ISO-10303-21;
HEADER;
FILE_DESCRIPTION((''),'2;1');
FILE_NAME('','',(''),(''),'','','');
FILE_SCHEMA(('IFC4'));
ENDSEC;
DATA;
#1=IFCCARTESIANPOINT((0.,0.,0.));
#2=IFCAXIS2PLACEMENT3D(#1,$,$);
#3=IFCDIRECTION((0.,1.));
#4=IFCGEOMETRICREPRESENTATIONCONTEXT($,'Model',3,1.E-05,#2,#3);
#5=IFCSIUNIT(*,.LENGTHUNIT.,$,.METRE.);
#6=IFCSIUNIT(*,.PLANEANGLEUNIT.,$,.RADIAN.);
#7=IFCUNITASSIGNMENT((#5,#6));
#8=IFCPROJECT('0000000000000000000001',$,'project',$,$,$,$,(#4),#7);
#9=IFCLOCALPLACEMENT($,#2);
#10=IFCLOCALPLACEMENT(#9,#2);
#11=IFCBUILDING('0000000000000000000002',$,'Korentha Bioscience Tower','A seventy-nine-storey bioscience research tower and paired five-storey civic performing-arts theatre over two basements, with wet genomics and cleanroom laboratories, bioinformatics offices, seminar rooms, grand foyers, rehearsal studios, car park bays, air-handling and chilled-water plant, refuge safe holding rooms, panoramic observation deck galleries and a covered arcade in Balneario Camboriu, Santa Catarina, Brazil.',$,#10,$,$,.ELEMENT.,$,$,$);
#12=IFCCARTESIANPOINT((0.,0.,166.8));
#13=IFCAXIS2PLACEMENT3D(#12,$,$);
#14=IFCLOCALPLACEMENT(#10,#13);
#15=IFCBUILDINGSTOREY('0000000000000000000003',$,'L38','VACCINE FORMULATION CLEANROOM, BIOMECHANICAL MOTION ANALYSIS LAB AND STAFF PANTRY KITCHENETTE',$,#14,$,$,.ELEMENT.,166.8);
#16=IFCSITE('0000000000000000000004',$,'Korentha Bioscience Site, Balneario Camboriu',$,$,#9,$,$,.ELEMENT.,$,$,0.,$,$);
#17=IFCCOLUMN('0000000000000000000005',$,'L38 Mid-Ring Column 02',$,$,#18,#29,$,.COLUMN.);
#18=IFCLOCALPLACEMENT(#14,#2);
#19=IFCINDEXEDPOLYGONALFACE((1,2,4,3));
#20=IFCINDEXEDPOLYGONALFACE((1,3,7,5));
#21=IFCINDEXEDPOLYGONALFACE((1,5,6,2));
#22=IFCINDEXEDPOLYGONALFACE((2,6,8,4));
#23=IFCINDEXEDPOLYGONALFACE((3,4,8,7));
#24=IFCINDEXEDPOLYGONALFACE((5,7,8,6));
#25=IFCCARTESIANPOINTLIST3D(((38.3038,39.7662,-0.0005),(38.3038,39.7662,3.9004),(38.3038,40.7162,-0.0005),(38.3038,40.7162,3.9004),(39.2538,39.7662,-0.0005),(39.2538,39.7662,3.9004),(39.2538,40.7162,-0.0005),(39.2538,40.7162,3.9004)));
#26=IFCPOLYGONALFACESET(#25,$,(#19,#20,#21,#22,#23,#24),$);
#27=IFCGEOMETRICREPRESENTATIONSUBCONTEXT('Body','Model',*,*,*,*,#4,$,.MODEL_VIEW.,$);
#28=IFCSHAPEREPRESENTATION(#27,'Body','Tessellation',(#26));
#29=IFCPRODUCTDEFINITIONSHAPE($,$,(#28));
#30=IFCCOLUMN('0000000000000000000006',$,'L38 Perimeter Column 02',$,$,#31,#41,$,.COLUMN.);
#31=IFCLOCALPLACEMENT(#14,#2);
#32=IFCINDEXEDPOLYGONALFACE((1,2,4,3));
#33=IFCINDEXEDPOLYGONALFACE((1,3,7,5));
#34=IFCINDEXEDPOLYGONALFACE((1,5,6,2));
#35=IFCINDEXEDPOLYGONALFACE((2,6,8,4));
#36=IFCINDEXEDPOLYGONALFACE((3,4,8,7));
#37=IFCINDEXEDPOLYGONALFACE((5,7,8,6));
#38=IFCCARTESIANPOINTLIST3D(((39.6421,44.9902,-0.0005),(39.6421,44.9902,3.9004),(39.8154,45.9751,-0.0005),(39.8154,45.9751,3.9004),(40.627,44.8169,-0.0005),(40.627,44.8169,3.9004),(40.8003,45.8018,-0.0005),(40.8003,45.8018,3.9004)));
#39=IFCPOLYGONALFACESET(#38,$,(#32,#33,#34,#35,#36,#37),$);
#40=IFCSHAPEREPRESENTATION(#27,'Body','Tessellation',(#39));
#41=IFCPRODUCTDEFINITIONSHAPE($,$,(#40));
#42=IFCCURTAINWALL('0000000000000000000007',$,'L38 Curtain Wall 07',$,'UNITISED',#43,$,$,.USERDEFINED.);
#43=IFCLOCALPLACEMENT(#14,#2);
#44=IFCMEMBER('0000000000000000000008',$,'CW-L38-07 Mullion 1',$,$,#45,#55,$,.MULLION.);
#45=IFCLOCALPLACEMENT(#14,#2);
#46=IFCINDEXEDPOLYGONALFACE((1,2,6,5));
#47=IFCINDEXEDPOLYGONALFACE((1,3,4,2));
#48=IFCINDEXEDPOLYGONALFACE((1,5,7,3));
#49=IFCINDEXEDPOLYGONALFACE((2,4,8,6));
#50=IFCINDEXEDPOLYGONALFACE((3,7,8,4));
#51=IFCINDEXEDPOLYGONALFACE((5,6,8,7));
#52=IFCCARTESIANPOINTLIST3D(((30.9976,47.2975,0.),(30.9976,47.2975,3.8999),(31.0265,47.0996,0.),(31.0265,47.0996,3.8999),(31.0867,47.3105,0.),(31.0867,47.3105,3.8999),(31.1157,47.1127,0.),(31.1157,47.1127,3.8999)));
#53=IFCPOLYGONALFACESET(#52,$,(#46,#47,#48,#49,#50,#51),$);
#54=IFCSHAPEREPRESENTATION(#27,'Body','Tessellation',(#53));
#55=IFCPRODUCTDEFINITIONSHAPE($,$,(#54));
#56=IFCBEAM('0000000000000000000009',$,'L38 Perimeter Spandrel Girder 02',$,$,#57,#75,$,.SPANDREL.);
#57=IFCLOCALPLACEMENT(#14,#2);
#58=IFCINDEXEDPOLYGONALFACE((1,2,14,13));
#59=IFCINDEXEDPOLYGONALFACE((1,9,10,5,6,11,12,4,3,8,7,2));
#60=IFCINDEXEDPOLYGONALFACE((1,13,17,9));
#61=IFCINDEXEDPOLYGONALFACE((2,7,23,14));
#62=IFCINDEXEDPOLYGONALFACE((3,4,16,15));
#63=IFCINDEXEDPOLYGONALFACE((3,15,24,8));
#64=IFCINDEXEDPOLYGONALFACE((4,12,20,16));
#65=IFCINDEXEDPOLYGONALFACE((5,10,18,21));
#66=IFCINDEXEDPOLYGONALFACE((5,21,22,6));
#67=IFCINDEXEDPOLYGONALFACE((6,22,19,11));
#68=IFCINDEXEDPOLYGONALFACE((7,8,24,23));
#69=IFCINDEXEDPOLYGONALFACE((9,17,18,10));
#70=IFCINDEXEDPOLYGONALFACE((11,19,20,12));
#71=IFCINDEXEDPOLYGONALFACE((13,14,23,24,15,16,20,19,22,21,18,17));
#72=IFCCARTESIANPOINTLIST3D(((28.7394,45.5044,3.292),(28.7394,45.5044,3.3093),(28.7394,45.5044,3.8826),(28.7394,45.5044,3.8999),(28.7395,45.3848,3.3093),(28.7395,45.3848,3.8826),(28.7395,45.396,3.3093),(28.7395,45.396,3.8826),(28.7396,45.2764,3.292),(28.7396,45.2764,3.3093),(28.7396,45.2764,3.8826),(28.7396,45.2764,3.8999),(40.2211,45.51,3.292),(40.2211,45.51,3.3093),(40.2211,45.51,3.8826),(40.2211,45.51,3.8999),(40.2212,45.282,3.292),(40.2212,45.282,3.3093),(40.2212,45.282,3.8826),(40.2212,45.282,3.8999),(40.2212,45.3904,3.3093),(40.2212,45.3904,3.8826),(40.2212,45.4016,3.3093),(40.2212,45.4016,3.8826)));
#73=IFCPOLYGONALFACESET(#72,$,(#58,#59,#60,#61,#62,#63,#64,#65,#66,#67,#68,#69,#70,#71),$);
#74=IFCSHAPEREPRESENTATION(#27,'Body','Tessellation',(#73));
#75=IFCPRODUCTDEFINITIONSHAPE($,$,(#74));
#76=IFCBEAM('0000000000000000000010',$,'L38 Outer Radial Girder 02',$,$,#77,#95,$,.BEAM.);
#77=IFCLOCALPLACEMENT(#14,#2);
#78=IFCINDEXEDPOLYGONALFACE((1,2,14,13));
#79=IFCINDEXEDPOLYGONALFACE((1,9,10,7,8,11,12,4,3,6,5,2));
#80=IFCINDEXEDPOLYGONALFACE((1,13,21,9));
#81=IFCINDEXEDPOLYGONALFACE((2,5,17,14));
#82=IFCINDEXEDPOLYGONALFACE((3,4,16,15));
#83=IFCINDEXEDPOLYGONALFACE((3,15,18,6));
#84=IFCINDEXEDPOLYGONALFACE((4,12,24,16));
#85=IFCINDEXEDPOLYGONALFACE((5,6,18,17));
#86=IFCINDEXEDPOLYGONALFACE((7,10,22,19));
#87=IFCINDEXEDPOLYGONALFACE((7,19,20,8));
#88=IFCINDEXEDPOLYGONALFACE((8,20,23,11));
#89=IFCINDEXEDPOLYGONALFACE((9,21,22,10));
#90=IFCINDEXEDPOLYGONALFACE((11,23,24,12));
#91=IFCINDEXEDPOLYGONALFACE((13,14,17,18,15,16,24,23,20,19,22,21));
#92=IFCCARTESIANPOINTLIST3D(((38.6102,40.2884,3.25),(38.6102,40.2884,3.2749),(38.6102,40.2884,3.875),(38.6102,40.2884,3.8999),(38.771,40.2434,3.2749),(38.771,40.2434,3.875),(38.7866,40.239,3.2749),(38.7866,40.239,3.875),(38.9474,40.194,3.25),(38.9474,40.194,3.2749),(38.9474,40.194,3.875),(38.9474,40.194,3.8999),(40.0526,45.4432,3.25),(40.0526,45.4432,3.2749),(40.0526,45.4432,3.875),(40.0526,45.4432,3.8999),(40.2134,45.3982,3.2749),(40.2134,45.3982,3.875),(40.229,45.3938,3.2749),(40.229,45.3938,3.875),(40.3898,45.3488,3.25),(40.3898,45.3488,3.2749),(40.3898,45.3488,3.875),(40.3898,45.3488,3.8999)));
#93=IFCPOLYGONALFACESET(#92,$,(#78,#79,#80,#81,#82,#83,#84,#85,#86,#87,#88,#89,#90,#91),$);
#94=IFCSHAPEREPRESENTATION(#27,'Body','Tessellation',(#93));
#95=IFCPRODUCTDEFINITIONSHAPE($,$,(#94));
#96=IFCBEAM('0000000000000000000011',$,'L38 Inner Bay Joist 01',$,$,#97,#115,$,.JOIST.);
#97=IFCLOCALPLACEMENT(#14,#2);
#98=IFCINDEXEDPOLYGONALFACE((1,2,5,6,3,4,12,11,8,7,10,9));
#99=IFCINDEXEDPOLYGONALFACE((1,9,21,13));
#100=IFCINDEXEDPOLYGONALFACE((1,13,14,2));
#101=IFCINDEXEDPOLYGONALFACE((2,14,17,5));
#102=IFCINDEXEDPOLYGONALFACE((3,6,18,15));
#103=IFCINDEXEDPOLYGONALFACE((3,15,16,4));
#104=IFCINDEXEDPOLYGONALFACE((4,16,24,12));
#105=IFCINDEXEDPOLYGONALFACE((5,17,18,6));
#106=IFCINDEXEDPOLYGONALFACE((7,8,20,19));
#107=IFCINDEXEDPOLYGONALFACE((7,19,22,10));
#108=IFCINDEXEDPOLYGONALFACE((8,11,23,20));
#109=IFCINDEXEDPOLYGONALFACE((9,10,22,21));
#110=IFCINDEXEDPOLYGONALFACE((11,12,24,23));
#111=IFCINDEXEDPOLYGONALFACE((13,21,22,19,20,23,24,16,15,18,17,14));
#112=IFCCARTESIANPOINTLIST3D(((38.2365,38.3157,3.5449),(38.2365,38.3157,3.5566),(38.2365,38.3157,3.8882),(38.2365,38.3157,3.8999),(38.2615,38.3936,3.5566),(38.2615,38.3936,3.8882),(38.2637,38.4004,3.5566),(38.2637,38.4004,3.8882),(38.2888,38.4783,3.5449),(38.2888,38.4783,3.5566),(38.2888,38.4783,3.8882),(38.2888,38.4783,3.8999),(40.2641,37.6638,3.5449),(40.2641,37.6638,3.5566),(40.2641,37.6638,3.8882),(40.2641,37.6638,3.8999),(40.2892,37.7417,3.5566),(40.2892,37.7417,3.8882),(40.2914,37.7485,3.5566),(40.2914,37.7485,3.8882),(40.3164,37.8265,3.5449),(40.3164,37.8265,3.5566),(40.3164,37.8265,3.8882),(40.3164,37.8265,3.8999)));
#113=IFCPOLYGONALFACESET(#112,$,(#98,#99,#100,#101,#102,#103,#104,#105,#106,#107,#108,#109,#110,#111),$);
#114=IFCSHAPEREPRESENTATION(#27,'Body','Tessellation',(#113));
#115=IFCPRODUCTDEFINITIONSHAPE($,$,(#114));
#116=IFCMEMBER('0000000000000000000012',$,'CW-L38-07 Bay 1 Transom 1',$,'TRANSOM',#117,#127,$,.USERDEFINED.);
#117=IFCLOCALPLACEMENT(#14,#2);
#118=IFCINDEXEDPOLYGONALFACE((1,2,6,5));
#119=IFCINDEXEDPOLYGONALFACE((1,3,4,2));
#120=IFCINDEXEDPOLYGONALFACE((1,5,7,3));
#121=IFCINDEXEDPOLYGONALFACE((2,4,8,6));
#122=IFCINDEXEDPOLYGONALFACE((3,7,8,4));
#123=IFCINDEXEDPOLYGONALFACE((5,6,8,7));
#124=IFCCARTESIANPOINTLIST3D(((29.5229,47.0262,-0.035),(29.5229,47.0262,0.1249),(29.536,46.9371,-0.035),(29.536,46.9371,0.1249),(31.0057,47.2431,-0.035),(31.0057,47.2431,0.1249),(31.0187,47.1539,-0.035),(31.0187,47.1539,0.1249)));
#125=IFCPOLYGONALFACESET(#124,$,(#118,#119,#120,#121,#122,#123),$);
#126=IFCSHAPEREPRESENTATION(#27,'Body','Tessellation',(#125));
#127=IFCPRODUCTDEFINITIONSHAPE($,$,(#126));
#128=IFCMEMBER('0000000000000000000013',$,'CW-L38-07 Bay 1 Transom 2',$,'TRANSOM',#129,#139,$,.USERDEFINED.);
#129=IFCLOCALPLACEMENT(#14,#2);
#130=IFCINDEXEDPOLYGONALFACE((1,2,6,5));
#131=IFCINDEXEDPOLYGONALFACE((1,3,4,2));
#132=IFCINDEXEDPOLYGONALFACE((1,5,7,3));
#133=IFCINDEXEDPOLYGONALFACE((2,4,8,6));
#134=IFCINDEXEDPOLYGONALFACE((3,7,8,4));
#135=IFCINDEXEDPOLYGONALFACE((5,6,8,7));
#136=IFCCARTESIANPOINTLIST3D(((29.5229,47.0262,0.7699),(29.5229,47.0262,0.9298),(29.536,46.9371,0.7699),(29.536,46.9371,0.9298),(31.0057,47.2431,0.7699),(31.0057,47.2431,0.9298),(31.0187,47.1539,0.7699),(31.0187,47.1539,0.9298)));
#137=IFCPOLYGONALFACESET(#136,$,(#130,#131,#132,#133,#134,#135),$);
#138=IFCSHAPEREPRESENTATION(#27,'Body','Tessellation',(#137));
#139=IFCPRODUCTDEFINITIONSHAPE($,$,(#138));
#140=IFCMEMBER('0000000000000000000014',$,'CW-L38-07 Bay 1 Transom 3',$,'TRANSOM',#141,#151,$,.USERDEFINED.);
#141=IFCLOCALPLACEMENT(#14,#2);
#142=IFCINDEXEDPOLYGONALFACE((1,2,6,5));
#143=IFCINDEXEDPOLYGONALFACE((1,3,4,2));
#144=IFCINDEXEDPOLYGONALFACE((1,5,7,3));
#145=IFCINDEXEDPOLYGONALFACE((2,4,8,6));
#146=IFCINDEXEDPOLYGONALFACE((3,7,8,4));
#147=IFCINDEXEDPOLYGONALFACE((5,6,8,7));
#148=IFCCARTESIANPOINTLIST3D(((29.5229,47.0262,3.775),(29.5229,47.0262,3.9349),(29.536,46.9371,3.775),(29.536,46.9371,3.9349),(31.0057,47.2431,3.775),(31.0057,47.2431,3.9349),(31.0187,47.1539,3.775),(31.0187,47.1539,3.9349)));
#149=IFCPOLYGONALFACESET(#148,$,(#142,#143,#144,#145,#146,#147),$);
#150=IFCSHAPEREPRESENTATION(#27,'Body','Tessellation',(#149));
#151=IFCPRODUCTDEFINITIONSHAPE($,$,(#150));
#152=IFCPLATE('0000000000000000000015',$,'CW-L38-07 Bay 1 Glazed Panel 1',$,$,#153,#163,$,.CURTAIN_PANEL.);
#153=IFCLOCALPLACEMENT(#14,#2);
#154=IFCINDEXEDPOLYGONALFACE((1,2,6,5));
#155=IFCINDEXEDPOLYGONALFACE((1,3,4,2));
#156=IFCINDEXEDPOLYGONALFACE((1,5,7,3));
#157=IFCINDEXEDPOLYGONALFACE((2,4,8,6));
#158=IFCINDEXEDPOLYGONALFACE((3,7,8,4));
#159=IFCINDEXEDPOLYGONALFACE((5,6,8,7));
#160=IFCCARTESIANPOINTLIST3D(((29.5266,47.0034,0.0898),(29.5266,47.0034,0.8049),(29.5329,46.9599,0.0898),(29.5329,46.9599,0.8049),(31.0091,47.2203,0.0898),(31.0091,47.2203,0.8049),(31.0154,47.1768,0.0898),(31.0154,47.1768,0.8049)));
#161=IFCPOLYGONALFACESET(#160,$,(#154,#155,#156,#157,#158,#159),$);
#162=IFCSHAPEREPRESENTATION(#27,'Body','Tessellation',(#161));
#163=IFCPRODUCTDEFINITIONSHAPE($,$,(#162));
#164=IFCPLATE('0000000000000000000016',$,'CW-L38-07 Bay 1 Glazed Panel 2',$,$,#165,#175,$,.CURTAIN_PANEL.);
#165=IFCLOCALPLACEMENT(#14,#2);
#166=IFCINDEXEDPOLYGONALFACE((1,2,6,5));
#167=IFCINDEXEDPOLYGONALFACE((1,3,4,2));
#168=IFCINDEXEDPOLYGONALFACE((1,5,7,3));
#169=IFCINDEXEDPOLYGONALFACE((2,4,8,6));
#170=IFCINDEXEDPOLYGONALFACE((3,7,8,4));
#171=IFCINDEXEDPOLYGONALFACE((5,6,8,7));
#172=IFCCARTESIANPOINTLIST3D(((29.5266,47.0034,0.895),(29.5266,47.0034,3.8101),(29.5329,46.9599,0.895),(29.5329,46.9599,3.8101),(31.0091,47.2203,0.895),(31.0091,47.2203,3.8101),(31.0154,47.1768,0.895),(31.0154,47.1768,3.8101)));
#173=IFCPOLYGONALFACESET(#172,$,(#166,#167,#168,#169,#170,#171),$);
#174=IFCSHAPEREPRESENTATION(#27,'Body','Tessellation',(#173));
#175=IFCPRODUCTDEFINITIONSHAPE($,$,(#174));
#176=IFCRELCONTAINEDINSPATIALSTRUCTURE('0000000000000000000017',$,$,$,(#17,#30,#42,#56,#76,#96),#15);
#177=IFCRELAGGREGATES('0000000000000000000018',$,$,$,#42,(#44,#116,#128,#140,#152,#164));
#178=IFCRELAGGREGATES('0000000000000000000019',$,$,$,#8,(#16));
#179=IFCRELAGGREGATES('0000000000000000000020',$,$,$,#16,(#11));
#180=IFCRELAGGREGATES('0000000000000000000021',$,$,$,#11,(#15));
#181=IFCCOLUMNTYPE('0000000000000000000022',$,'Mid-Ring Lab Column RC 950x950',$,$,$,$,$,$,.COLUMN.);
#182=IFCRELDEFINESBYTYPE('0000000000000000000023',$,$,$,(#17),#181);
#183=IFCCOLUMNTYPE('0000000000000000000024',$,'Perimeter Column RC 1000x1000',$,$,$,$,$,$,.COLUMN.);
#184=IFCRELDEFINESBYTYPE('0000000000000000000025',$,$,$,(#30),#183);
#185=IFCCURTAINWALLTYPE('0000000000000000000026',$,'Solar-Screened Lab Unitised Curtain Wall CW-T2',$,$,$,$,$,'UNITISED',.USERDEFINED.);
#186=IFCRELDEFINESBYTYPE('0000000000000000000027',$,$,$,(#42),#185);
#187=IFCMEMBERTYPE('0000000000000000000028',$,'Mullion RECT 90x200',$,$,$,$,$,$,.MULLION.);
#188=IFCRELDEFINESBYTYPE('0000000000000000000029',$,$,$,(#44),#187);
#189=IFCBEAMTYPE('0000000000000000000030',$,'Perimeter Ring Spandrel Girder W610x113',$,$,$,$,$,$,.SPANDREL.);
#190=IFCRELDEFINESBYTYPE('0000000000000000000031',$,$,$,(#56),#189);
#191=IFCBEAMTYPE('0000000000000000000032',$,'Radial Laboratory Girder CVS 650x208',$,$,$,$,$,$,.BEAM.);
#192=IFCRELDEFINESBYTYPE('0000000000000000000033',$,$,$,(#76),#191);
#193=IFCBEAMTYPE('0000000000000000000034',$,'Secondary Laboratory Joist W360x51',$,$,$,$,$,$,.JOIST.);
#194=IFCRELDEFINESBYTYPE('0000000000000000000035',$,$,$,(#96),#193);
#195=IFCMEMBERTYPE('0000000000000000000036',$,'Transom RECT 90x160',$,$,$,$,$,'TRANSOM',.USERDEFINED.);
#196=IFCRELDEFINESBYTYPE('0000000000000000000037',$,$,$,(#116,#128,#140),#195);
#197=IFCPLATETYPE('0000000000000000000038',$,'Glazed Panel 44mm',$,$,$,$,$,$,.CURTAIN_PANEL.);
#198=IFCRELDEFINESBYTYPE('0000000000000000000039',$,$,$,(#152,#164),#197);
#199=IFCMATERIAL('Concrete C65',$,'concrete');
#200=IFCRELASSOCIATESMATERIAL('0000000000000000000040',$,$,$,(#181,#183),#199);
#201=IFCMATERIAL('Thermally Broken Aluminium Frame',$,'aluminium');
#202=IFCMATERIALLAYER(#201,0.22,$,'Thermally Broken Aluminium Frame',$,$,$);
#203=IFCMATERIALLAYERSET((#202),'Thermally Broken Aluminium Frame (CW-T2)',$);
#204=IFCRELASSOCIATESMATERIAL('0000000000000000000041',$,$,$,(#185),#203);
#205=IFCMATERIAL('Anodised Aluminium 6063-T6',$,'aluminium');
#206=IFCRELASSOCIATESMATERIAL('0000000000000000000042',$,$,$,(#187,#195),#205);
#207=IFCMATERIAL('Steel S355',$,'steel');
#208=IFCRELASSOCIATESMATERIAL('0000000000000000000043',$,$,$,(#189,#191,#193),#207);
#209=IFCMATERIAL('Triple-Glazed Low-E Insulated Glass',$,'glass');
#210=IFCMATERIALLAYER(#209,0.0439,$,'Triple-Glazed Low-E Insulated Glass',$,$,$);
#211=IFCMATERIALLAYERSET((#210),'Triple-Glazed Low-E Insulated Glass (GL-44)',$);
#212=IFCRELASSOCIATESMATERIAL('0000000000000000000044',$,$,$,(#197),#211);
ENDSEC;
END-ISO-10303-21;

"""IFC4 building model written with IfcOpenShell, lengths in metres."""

from ifc_helpers import new_model, si_unit, direction, frame, origin, origin_2d, place, context, subcontext, project, spatial, rectangle, i_section, extrude, material, layer, layer_set, material_profile, profile_set, type_object, element, aggregate, save


model = new_model("IFC4")

# Units and contexts
model_context = context("Model", 3, precision=1e-05, world=origin(), true_north=direction((0.0, 1.0)))
body_context = subcontext(model_context, "Body", "Model", "MODEL_VIEW")
ifc_project = project(units=[si_unit("LENGTHUNIT", "METRE"), si_unit("PLANEANGLEUNIT", "RADIAN")], contexts=[model_context])

# Site, building, storey
site_placement = place(None, origin())
site = spatial("IfcSite", under=ifc_project, at=site_placement, Name="Korentha Bioscience Site, Balneario Camboriu", CompositionType="ELEMENT", RefElevation=0.0)
building_placement = place(site_placement, origin())
building = spatial("IfcBuilding", under=site, at=building_placement, Name="Korentha Bioscience Tower", Description="A seventy-nine-storey bioscience research tower and paired five-storey civic performing-arts theatre over two basements, with wet genomics and cleanroom laboratories, bioinformatics offices, seminar rooms, grand foyers, rehearsal studios, car park bays, air-handling and chilled-water plant, refuge safe holding rooms, panoramic observation deck galleries and a covered arcade in Balneario Camboriu, Santa Catarina, Brazil.", CompositionType="ELEMENT")
storey_placement = place(building_placement, frame((0.0, 0.0, 166.8)))
storey = spatial("IfcBuildingStorey", under=building, at=storey_placement, Name="L38", Description="VACCINE FORMULATION CLEANROOM, BIOMECHANICAL MOTION ANALYSIS LAB AND STAFF PANTRY KITCHENETTE", CompositionType="ELEMENT", Elevation=166.8)

# Columns
ifc_material_1 = material(Name="Concrete C65", Category="concrete")
ifc_material_profile_1 = material_profile(ifc_material_1, rectangle(XDim=0.95, YDim=0.95, at=origin_2d()), Name="Concrete C65")
ifc_profile_set_1 = profile_set([ifc_material_profile_1], Name="Concrete C65 (COL-MR09)")
column_type_1 = type_object("IfcColumnType", Name="Mid-Ring Lab Column RC 950x950", PredefinedType="COLUMN", material=ifc_profile_set_1)
column_1_placement = place(storey_placement, frame((38.7788, 40.2412, -0.0005), z_axis=(0.0, 0.0, 1.0), x_axis=(1.0, 0.0, 0.0)))
element("IfcColumn", 1, at=column_1_placement, inside=storey, type_object=column_type_1, Name="L38 Mid-Ring Column 02", PredefinedType="COLUMN", context=body_context, shape_type="SweptSolid", body=[
    extrude(rectangle(XDim=0.95, YDim=0.95, at=origin_2d()), origin(), (0.0, 0.0, 1.0), 3.9009),
])
ifc_material_profile_2 = material_profile(ifc_material_1, rectangle(XDim=1.0, YDim=1.0, at=origin_2d()), Name="Concrete C65")
ifc_profile_set_2 = profile_set([ifc_material_profile_2], Name="Concrete C65 (COL-P10)")
column_type_2 = type_object("IfcColumnType", Name="Perimeter Column RC 1000x1000", PredefinedType="COLUMN", material=ifc_profile_set_2)
column_2_placement = place(storey_placement, frame((40.2212, 45.396, -0.0005), z_axis=(0.0, 0.0, 1.0), x_axis=(-0.984868, 0.173304, 0.0)))
element("IfcColumn", 2, at=column_2_placement, inside=storey, type_object=column_type_2, Name="L38 Perimeter Column 02", PredefinedType="COLUMN", context=body_context, shape_type="SweptSolid", body=[
    extrude(rectangle(XDim=1.0, YDim=1.0, at=origin_2d()), origin(), (0.0, 0.0, 1.0), 3.9009),
])

# Curtain wall, member
ifc_material_2 = material(Name="Thermally Broken Aluminium Frame", Category="aluminium")
ifc_layer_1 = layer(ifc_material_2, 0.22, Name="Thermally Broken Aluminium Frame")
ifc_layer_set_1 = layer_set([ifc_layer_1], Name="Thermally Broken Aluminium Frame (CW-T2)")
curtain_wall_type = type_object("IfcCurtainWallType", Name="Solar-Screened Lab Unitised Curtain Wall CW-T2", ElementType="UNITISED", PredefinedType="USERDEFINED", material=ifc_layer_set_1)
curtain_wall_placement = place(storey_placement, origin())
curtain_wall = element("IfcCurtainWall", 3, at=curtain_wall_placement, inside=storey, type_object=curtain_wall_type, Name="L38 Curtain Wall 07", ObjectType="UNITISED", PredefinedType="USERDEFINED")
ifc_material_3 = material(Name="Anodised Aluminium 6063-T6", Category="aluminium")
ifc_material_profile_3 = material_profile(ifc_material_3, rectangle(XDim=0.0901, YDim=0.2, at=origin_2d()), Name="Anodised Aluminium 6063-T6")
ifc_profile_set_3 = profile_set([ifc_material_profile_3], Name="Anodised Aluminium 6063-T6 (CW-MUL)")
member_type_1 = type_object("IfcMemberType", Name="Mullion RECT 90x200", PredefinedType="MULLION", material=ifc_profile_set_3)
member_1_placement = place(storey_placement, frame((31.0566, 47.2051, 0.0), z_axis=(0.0, 0.0, 1.0), x_axis=(-0.989462, -0.144793, 0.0)))
member_1 = element("IfcMember", 4, at=member_1_placement, type_object=member_type_1, Name="CW-L38-07 Mullion 1", PredefinedType="MULLION", context=body_context, shape_type="SweptSolid", body=[
    extrude(rectangle(XDim=0.0901, YDim=0.2, at=origin_2d()), origin(), (0.0, 0.0, 1.0), 3.8999),
])

# Beams
ifc_material_4 = material(Name="Steel S355", Category="steel")
ifc_material_profile_4 = material_profile(ifc_material_4, i_section(OverallWidth=0.228, OverallDepth=0.6079, WebThickness=0.0112, FlangeThickness=0.0173, at=origin_2d()), Name="Steel S355")
ifc_profile_set_4 = profile_set([ifc_material_profile_4], Name="Steel S355 (SB-610)")
beam_type_1 = type_object("IfcBeamType", Name="Perimeter Ring Spandrel Girder W610x113", PredefinedType="SPANDREL", material=ifc_profile_set_4)
beam_1_placement = place(storey_placement, frame((40.2212, 45.396, 3.5959), z_axis=(-1.0, -0.000489, 0.0), x_axis=(0.000489, -1.0, 0.0)))
element("IfcBeam", 5, at=beam_1_placement, inside=storey, type_object=beam_type_1, Name="L38 Perimeter Spandrel Girder 02", PredefinedType="SPANDREL", context=body_context, shape_type="SweptSolid", body=[
    extrude(i_section(OverallWidth=0.228, OverallDepth=0.6079, WebThickness=0.0112, FlangeThickness=0.0173, at=origin_2d()), origin(), (0.0, 0.0, 1.0), 11.4817),
])
ifc_material_profile_5 = material_profile(ifc_material_4, i_section(OverallWidth=0.3501, OverallDepth=0.6499, WebThickness=0.0161, FlangeThickness=0.0249, at=origin_2d()), Name="Steel S355")
ifc_profile_set_5 = profile_set([ifc_material_profile_5], Name="Steel S355 (RB-650)")
beam_type_2 = type_object("IfcBeamType", Name="Radial Laboratory Girder CVS 650x208", PredefinedType="BEAM", material=ifc_profile_set_5)
beam_2_placement = place(storey_placement, frame((38.7788, 40.2412, 3.575), z_axis=(0.269464, 0.96301, 0.0), x_axis=(-0.96301, 0.269464, 0.0)))
element("IfcBeam", 6, at=beam_2_placement, inside=storey, type_object=beam_type_2, Name="L38 Outer Radial Girder 02", PredefinedType="BEAM", context=body_context, shape_type="SweptSolid", body=[
    extrude(i_section(OverallWidth=0.3501, OverallDepth=0.6499, WebThickness=0.0161, FlangeThickness=0.0249, at=origin_2d()), origin(), (0.0, 0.0, 1.0), 5.3528),
])
ifc_material_profile_6 = material_profile(ifc_material_4, i_section(OverallWidth=0.1709, OverallDepth=0.355, WebThickness=0.0071, FlangeThickness=0.0117, at=origin_2d()), Name="Steel S355")
ifc_profile_set_6 = profile_set([ifc_material_profile_6], Name="Steel S355 (JB-360)")
beam_type_3 = type_object("IfcBeamType", Name="Secondary Laboratory Joist W360x51", PredefinedType="JOIST", material=ifc_profile_set_6)
beam_3_placement = place(storey_placement, frame((40.2903, 37.7451, 3.7224), z_axis=(-0.952011, 0.306065, 0.0), x_axis=(-0.306065, -0.952011, 0.0)))
element("IfcBeam", 7, at=beam_3_placement, inside=storey, type_object=beam_type_3, Name="L38 Inner Bay Joist 01", PredefinedType="JOIST", context=body_context, shape_type="SweptSolid", body=[
    extrude(i_section(OverallWidth=0.1709, OverallDepth=0.355, WebThickness=0.0071, FlangeThickness=0.0117, at=origin_2d()), origin(), (0.0, 0.0, 1.0), 2.1299),
])

# Members
ifc_material_profile_7 = material_profile(ifc_material_3, rectangle(XDim=0.0901, YDim=0.1599, at=origin_2d()), Name="Anodised Aluminium 6063-T6")
ifc_profile_set_7 = profile_set([ifc_material_profile_7], Name="Anodised Aluminium 6063-T6 (CW-TRN)")
member_type_2 = type_object("IfcMemberType", Name="Transom RECT 90x160", ElementType="TRANSOM", PredefinedType="USERDEFINED", material=ifc_profile_set_7)
member_2_placement = place(storey_placement, frame((31.0122, 47.1985, 0.0449), z_axis=(-0.989478, -0.144682, 0.0), x_axis=(0.144682, -0.989478, 0.0)))
member_2 = element("IfcMember", 8, at=member_2_placement, type_object=member_type_2, Name="CW-L38-07 Bay 1 Transom 1", ObjectType="TRANSOM", PredefinedType="USERDEFINED", context=body_context, shape_type="SweptSolid", body=[
    extrude(rectangle(XDim=0.0901, YDim=0.1599, at=origin_2d()), origin(), (0.0, 0.0, 1.0), 1.4985),
])
member_3_placement = place(storey_placement, frame((31.0122, 47.1985, 0.8499), z_axis=(-0.989478, -0.144682, 0.0), x_axis=(0.144682, -0.989478, 0.0)))
member_3 = element("IfcMember", 9, at=member_3_placement, type_object=member_type_2, Name="CW-L38-07 Bay 1 Transom 2", ObjectType="TRANSOM", PredefinedType="USERDEFINED", context=body_context, shape_type="SweptSolid", body=[
    extrude(rectangle(XDim=0.0901, YDim=0.1599, at=origin_2d()), origin(), (0.0, 0.0, 1.0), 1.4985),
])
member_4_placement = place(storey_placement, frame((31.0122, 47.1985, 3.855), z_axis=(-0.989478, -0.144682, 0.0), x_axis=(0.144682, -0.989478, 0.0)))
member_4 = element("IfcMember", 10, at=member_4_placement, type_object=member_type_2, Name="CW-L38-07 Bay 1 Transom 3", ObjectType="TRANSOM", PredefinedType="USERDEFINED", context=body_context, shape_type="SweptSolid", body=[
    extrude(rectangle(XDim=0.0901, YDim=0.1599, at=origin_2d()), origin(), (0.0, 0.0, 1.0), 1.4985),
])

# Plates
ifc_material_5 = material(Name="Triple-Glazed Low-E Insulated Glass", Category="glass")
ifc_layer_2 = layer(ifc_material_5, 0.0439, Name="Triple-Glazed Low-E Insulated Glass")
ifc_layer_set_2 = layer_set([ifc_layer_2], Name="Triple-Glazed Low-E Insulated Glass (GL-44)")
plate_type = type_object("IfcPlateType", Name="Glazed Panel 44mm", PredefinedType="CURTAIN_PANEL", material=ifc_layer_set_2)
plate_1_placement = place(storey_placement, frame((30.271, 47.0901, 0.0898), z_axis=(0.0, 0.0, 1.0), x_axis=(-0.989462, -0.144793, 0.0)))
plate_1 = element("IfcPlate", 11, at=plate_1_placement, type_object=plate_type, Name="CW-L38-07 Bay 1 Glazed Panel 1", PredefinedType="CURTAIN_PANEL", context=body_context, shape_type="SweptSolid", body=[
    extrude(rectangle(XDim=1.4983, YDim=0.0439, at=origin_2d()), origin(), (0.0, 0.0, 1.0), 0.7151),
])
plate_2_placement = place(storey_placement, frame((30.271, 47.0901, 0.895), z_axis=(0.0, 0.0, 1.0), x_axis=(-0.989462, -0.144793, 0.0)))
plate_2 = element("IfcPlate", 12, at=plate_2_placement, type_object=plate_type, Name="CW-L38-07 Bay 1 Glazed Panel 2", PredefinedType="CURTAIN_PANEL", context=body_context, shape_type="SweptSolid", body=[
    extrude(rectangle(XDim=1.4983, YDim=0.0439, at=origin_2d()), origin(), (0.0, 0.0, 1.0), 2.915),
])
aggregate(curtain_wall, [member_1, member_2, member_3, member_4, plate_1, plate_2])

save(model, "model.ifc")
